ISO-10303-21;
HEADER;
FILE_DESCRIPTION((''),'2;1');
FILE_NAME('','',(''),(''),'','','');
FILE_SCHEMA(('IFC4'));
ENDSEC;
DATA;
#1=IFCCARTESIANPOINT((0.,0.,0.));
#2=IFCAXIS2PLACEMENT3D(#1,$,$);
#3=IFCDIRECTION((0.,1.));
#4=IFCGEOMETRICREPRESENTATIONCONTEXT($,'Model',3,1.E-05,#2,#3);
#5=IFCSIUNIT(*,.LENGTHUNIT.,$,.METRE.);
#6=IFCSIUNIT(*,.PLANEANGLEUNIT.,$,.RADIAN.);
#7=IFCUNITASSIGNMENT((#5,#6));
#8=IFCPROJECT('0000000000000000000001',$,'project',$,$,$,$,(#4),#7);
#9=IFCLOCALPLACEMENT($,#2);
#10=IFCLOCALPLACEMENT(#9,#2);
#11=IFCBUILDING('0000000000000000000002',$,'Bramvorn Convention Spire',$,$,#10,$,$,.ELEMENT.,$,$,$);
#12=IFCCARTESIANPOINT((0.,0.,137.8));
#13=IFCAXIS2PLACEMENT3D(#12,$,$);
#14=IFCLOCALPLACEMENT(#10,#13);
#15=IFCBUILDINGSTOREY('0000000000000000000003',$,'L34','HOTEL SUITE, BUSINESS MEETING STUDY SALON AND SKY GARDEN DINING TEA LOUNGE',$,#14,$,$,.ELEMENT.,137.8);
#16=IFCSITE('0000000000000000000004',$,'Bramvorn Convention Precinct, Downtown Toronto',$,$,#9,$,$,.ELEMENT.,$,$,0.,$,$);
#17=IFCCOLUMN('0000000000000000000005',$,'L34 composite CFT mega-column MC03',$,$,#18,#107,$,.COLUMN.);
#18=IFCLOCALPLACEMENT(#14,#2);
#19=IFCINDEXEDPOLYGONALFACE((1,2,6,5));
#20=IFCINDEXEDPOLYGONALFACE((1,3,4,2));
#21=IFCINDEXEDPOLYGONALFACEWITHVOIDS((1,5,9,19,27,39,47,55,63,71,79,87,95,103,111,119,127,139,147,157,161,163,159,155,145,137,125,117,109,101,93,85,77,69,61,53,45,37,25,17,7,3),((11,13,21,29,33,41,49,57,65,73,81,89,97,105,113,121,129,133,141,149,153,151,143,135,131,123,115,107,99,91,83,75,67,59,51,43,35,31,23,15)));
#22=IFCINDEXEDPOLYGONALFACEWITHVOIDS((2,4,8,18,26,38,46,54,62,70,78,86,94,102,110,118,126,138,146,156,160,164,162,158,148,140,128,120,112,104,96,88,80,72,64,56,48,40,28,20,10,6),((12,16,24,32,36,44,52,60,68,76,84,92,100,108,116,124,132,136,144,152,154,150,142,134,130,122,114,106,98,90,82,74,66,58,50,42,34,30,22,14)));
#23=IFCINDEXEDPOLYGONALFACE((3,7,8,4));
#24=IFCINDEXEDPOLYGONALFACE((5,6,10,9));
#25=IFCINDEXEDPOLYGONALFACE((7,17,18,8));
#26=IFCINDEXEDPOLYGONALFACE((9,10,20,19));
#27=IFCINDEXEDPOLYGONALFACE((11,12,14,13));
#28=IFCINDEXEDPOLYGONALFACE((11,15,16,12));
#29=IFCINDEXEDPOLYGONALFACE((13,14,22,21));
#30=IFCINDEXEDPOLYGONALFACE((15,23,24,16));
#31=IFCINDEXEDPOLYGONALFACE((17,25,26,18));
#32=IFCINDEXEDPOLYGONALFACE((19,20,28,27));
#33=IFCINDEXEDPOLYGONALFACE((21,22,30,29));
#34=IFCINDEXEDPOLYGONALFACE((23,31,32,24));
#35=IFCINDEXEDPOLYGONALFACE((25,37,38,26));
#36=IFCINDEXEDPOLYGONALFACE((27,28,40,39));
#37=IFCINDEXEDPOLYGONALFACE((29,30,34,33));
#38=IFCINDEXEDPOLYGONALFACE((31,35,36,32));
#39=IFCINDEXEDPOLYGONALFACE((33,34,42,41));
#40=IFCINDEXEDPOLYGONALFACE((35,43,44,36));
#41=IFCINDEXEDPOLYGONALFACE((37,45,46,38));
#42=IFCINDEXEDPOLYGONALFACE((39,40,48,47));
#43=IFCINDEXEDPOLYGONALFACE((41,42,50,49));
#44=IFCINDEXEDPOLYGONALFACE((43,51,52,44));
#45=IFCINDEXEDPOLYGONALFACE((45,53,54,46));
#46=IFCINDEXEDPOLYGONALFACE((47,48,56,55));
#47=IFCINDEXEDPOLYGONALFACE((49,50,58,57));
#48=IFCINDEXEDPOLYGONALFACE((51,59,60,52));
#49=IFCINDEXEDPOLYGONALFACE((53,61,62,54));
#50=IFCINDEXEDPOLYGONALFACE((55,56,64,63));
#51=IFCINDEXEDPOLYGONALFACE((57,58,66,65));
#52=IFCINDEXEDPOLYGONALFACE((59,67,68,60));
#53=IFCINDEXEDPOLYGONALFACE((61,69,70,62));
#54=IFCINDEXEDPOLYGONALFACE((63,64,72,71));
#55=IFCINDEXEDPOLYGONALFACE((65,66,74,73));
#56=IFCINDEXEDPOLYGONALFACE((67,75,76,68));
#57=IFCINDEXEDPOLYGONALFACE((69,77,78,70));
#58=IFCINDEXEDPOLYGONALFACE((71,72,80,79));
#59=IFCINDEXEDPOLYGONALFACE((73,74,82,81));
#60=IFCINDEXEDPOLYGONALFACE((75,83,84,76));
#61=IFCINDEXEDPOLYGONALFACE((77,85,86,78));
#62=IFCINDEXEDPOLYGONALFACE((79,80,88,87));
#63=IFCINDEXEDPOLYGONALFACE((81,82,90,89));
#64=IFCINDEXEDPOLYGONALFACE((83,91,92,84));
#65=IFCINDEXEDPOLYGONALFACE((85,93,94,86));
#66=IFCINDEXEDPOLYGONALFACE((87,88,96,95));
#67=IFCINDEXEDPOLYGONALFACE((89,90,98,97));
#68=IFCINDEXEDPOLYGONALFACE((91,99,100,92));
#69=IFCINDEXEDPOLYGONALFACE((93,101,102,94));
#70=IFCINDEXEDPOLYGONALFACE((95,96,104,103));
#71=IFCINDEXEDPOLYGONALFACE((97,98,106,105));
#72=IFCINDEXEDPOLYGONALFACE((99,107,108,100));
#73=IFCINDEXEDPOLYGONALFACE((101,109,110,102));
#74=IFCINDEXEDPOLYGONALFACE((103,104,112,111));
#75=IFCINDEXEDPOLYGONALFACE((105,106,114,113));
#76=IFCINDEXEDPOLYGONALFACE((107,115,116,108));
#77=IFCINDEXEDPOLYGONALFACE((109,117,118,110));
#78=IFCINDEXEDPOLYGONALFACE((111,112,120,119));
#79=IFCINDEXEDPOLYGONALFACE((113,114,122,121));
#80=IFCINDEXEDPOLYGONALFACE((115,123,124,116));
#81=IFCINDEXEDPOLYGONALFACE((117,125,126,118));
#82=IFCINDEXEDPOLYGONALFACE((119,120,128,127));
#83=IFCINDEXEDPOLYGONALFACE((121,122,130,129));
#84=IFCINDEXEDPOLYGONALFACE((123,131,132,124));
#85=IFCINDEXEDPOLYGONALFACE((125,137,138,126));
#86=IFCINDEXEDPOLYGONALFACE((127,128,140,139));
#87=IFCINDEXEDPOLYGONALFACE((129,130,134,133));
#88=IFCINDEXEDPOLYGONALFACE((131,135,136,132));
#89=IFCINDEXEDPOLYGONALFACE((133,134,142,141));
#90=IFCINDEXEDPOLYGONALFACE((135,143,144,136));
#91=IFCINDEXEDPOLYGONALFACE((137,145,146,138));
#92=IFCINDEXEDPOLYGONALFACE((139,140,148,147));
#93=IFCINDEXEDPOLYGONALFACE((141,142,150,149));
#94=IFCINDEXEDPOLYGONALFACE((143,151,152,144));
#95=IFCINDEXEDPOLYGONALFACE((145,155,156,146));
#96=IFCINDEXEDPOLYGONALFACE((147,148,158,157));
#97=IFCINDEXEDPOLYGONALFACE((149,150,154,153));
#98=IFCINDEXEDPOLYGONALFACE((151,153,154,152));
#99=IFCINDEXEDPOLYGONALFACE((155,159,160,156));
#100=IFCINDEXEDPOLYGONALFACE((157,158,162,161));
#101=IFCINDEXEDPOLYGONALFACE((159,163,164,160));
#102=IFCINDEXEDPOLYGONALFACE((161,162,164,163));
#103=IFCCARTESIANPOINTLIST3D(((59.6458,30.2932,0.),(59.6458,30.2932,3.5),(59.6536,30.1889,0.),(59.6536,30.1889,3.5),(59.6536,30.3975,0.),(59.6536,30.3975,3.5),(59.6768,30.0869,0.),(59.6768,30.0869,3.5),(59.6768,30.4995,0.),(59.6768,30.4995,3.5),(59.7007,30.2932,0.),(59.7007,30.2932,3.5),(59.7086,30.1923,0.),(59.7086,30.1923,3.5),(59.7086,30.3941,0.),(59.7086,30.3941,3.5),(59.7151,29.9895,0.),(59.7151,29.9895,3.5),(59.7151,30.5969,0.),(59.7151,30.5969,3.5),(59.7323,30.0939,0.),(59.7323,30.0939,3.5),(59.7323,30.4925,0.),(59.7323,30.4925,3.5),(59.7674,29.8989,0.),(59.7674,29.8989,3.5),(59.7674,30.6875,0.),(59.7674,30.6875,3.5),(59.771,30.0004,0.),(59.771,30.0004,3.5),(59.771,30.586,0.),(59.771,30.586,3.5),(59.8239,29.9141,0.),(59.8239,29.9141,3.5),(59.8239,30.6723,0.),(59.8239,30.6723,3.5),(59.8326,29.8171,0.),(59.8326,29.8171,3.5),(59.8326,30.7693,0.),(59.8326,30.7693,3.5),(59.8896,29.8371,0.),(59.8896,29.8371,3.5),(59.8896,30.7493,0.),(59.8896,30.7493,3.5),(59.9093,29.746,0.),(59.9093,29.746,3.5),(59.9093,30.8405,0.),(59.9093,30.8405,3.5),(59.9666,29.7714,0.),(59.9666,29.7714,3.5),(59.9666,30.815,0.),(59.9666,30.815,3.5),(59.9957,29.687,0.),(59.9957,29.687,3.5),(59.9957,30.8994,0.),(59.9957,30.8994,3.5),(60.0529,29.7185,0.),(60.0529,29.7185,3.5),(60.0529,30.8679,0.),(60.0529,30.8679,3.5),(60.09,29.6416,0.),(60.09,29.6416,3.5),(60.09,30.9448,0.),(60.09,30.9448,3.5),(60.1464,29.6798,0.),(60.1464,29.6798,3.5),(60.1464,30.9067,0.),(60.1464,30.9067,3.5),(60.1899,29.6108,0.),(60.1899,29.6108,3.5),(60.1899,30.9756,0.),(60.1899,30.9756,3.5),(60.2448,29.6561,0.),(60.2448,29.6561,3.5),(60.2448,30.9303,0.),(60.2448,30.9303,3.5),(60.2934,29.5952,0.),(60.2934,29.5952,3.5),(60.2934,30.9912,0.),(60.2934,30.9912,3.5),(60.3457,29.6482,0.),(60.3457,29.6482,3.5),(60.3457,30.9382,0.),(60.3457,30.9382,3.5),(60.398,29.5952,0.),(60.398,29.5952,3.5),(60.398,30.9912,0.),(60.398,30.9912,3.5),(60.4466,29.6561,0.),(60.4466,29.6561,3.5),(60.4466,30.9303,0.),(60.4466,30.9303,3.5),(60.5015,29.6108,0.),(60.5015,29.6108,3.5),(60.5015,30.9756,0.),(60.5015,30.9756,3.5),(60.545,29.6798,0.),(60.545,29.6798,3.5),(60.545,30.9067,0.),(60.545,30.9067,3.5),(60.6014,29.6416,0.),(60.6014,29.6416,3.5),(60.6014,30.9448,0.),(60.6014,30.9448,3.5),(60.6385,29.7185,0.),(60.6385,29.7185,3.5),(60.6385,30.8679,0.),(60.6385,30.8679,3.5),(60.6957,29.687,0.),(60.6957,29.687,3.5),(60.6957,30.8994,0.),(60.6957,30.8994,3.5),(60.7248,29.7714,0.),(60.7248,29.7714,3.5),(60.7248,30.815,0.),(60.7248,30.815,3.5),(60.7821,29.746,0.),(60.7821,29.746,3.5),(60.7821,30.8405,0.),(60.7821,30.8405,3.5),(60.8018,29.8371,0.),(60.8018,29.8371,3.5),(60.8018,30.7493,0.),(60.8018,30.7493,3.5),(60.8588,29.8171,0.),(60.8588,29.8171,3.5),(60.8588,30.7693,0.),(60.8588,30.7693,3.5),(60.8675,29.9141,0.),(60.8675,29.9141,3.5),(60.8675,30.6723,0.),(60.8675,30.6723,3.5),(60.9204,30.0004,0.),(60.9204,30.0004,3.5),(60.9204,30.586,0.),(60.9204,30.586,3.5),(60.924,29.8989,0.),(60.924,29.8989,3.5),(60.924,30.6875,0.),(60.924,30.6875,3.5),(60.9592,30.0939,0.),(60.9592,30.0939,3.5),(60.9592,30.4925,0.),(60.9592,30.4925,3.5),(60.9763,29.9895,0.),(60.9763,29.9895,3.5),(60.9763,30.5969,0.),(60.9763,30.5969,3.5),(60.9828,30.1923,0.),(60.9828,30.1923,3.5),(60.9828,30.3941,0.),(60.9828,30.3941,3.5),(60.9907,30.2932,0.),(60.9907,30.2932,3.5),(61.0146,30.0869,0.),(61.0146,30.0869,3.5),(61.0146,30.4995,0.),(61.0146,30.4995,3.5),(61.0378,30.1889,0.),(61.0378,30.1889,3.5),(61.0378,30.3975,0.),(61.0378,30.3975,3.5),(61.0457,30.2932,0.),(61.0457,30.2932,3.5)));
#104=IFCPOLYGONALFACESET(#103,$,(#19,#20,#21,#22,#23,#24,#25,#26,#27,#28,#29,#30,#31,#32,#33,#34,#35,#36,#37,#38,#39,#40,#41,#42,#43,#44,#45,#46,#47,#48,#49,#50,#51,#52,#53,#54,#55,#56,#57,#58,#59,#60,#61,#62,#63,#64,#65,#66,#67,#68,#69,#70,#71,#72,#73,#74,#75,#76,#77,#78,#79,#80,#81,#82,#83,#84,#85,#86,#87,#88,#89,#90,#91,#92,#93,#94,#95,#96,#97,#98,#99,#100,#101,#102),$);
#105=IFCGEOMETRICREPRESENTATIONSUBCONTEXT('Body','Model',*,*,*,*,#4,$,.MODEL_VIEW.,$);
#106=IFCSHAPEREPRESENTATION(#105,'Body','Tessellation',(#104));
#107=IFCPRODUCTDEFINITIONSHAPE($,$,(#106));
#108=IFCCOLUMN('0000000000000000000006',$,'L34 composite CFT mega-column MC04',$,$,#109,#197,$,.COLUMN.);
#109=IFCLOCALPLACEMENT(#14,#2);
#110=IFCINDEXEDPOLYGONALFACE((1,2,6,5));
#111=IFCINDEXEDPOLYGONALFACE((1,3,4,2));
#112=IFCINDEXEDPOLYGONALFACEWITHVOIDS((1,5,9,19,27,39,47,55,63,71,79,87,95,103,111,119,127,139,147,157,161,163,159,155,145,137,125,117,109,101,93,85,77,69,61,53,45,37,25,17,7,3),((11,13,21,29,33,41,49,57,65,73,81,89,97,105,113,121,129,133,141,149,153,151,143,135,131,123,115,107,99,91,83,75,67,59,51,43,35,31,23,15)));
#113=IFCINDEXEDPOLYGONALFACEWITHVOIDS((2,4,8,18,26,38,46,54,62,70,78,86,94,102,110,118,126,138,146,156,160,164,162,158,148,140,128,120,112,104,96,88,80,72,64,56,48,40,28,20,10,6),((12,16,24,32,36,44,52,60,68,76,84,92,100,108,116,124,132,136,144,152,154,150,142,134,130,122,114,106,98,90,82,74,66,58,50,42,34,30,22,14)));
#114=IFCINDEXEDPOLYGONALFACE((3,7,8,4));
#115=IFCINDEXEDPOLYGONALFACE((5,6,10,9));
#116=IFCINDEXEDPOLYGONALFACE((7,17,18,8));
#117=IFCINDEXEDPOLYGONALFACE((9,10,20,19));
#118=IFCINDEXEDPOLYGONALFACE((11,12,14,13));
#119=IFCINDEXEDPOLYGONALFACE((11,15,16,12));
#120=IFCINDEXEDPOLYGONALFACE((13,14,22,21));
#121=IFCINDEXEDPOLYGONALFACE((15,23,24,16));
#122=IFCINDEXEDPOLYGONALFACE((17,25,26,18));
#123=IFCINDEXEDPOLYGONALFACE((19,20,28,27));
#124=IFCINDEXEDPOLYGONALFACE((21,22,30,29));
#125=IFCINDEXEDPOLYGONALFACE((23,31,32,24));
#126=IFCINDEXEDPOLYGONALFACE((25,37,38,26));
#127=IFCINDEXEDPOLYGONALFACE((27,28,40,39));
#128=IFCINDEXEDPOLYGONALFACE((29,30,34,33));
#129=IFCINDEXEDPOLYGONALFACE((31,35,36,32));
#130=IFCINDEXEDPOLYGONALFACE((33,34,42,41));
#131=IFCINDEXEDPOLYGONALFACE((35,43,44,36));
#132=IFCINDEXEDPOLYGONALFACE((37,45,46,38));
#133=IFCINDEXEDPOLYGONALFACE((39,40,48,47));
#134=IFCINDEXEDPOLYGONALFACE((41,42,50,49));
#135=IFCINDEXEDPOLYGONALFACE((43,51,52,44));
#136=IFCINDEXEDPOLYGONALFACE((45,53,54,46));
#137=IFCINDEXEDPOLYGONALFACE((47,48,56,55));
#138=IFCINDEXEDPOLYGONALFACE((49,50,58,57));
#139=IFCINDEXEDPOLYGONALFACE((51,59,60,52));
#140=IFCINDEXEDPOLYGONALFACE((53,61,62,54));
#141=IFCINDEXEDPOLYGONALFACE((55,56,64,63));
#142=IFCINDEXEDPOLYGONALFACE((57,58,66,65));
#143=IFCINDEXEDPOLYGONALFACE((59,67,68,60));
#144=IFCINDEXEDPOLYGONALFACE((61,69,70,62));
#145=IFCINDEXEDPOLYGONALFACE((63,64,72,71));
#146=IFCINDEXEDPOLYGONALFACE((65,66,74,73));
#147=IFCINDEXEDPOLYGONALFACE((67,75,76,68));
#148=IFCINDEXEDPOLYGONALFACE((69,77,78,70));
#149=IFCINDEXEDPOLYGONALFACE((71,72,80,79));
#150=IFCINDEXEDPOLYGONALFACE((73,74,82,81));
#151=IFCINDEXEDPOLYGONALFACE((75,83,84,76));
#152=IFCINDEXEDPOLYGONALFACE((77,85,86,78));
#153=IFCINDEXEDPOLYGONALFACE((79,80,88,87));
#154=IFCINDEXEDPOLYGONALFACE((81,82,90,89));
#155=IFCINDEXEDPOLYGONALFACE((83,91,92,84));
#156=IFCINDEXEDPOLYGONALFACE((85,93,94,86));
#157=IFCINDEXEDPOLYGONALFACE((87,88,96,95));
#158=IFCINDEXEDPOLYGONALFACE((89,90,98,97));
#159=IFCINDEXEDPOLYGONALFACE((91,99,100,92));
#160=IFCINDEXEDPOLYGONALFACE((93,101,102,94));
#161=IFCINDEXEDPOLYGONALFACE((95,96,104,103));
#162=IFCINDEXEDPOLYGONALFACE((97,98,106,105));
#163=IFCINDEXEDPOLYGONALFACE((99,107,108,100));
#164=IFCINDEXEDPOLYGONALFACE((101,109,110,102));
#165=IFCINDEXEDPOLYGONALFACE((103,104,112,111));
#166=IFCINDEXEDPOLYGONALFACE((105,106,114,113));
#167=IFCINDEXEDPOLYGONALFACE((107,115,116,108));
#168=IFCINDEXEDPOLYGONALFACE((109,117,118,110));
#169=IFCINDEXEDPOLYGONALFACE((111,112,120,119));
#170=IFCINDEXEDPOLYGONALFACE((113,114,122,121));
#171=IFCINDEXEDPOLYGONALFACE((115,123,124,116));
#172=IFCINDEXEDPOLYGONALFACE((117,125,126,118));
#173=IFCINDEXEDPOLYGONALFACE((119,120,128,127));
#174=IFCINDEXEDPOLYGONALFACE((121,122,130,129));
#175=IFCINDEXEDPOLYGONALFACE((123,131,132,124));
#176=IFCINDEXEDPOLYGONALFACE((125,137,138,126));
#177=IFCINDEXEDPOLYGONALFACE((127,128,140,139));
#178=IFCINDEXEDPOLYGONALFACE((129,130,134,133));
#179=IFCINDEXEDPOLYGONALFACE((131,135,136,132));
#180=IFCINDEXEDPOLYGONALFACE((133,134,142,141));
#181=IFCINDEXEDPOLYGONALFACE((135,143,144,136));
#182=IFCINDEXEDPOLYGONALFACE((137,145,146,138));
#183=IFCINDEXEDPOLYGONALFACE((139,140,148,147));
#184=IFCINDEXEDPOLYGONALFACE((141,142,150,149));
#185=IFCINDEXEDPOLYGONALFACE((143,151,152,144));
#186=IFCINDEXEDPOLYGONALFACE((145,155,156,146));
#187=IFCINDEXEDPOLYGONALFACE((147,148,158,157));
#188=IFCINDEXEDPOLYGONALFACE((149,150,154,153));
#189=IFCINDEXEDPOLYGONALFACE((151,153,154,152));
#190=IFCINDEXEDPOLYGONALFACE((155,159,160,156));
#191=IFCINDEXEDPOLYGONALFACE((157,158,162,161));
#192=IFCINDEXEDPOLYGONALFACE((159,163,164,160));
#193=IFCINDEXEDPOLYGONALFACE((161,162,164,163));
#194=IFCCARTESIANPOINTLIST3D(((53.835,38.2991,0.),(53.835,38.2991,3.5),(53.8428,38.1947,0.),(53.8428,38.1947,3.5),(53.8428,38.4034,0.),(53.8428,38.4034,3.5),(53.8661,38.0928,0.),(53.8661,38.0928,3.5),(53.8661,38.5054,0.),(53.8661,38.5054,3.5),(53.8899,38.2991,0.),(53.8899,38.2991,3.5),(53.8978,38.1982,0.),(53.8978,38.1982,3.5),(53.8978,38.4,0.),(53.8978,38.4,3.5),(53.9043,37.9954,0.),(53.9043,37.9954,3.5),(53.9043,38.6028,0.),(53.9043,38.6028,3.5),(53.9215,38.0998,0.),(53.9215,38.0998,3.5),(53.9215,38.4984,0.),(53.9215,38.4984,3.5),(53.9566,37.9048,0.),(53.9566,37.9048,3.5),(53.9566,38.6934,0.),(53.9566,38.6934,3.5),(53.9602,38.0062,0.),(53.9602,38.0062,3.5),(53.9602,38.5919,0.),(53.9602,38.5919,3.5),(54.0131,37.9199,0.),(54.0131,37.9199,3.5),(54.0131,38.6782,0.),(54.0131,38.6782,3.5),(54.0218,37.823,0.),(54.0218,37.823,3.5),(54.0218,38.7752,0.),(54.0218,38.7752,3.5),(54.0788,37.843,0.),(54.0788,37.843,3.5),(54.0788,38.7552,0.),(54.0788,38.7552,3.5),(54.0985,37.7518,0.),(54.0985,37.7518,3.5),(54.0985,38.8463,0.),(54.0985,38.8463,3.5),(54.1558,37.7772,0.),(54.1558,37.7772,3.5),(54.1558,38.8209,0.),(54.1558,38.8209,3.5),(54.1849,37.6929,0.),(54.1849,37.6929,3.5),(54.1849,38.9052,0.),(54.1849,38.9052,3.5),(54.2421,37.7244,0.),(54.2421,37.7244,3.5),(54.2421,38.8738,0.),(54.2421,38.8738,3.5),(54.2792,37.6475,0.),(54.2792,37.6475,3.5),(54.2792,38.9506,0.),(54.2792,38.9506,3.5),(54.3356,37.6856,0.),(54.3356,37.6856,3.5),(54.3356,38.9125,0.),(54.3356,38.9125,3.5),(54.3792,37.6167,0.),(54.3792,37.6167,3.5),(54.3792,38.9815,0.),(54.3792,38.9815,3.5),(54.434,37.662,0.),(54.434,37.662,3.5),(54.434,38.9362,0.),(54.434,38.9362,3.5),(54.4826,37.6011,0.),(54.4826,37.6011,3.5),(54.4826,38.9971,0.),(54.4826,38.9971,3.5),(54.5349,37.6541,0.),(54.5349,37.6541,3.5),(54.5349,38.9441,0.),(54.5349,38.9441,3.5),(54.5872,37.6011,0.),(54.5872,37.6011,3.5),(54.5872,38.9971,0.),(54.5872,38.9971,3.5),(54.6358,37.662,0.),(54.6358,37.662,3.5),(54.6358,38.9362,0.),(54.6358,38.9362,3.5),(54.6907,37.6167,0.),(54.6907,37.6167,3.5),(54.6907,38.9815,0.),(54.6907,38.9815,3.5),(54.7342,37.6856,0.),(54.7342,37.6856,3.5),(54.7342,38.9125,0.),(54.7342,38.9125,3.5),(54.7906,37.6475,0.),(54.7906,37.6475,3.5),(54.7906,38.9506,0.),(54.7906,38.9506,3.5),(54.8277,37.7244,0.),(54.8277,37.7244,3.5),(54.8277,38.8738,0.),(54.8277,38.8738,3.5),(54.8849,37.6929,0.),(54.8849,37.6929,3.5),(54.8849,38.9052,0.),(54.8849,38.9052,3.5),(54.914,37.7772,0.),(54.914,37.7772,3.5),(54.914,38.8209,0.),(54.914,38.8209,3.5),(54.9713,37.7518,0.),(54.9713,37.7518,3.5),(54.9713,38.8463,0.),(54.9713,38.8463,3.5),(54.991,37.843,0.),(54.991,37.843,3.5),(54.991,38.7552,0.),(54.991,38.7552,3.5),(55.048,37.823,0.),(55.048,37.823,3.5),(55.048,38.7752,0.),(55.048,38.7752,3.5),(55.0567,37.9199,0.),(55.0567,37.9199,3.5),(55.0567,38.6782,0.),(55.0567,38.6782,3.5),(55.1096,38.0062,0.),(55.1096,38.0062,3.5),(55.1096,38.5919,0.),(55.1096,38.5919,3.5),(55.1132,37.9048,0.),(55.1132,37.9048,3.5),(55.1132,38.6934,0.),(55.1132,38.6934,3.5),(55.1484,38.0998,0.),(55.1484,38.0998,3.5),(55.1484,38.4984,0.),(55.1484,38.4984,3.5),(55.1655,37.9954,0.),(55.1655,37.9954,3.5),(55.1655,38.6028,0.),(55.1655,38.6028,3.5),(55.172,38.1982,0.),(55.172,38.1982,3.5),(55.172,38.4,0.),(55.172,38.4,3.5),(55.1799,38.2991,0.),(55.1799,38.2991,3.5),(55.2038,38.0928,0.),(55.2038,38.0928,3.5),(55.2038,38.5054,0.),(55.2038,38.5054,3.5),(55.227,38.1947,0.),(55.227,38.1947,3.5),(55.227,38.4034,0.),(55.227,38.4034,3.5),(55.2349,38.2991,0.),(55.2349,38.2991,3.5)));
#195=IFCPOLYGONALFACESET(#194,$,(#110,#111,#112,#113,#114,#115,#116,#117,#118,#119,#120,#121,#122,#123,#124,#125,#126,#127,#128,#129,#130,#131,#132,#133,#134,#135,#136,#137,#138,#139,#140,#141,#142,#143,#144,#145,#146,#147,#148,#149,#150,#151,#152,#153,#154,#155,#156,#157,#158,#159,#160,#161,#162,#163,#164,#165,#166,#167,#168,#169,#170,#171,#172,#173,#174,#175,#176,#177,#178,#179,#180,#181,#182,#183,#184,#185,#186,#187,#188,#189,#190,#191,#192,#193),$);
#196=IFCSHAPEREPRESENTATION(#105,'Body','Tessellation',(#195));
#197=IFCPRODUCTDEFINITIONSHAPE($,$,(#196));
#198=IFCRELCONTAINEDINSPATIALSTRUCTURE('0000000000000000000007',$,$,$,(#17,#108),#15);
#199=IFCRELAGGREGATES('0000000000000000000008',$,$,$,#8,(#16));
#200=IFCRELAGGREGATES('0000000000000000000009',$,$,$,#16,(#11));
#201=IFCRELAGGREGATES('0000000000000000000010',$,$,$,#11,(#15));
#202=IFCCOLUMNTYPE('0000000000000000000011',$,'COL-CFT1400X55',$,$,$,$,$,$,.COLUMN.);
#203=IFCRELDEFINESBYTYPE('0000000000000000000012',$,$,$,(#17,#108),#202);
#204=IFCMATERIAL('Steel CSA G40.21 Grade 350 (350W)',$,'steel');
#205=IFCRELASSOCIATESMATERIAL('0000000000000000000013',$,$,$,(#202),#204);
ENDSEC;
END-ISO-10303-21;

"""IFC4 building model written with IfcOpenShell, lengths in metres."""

from ifc_helpers import new_model, si_unit, direction, frame, origin, origin_2d, place, context, subcontext, project, spatial, hollow_circle, extrude, material, material_profile, profile_set, type_object, element, save


model = new_model("IFC4")

# Units and contexts
model_context = context("Model", 3, precision=1e-05, world=origin(), true_north=direction((0.0, 1.0)))
body_context = subcontext(model_context, "Body", "Model", "MODEL_VIEW")
ifc_project = project(units=[si_unit("LENGTHUNIT", "METRE"), si_unit("PLANEANGLEUNIT", "RADIAN")], contexts=[model_context])

# Site, building, storey
site_placement = place(None, origin())
site = spatial("IfcSite", under=ifc_project, at=site_placement, Name="Bramvorn Convention Precinct, Downtown Toronto", CompositionType="ELEMENT", RefElevation=0.0)
building_placement = place(site_placement, origin())
building = spatial("IfcBuilding", under=site, at=building_placement, Name="Bramvorn Convention Spire", CompositionType="ELEMENT")
storey_placement = place(building_placement, frame((0.0, 0.0, 137.8)))
storey = spatial("IfcBuildingStorey", under=building, at=storey_placement, Name="L34", Description="HOTEL SUITE, BUSINESS MEETING STUDY SALON AND SKY GARDEN DINING TEA LOUNGE", CompositionType="ELEMENT", Elevation=137.8)

# Columns
ifc_material_1 = material(Name="Steel CSA G40.21 Grade 350 (350W)", Category="steel")
ifc_material_profile_1 = material_profile(ifc_material_1, hollow_circle(Radius=0.7, WallThickness=0.0549, at=origin_2d()))
ifc_profile_set_1 = profile_set([ifc_material_profile_1], Name="Steel CSA G40.21 Grade 350 (350W) - CFT1400X55")
column_type = type_object("IfcColumnType", Name="COL-CFT1400X55", PredefinedType="COLUMN", material=ifc_profile_set_1)
for number, where, z_axis, x_axis, name in (
    (1, (60.3457, 30.2932, 0.0), (0.0, 0.0, 1.0), (1.0, 0.0, 0.0), "L34 composite CFT mega-column MC03"),
    (2, (54.5349, 38.2991, 0.0), (0.0, 0.0, 1.0), (1.0, 0.0, 0.0), "L34 composite CFT mega-column MC04"),
):
    element("IfcColumn", number, at=place(storey_placement, frame(where, z_axis=z_axis, x_axis=x_axis)), inside=storey, type_object=column_type, Name=name, PredefinedType="COLUMN", context=body_context, shape_type="SweptSolid", body=[
        extrude(hollow_circle(Radius=0.7, WallThickness=0.0549, at=origin_2d()), origin(), (0.0, 0.0, 1.0), 3.5),
    ])

save(model, "model.ifc")
